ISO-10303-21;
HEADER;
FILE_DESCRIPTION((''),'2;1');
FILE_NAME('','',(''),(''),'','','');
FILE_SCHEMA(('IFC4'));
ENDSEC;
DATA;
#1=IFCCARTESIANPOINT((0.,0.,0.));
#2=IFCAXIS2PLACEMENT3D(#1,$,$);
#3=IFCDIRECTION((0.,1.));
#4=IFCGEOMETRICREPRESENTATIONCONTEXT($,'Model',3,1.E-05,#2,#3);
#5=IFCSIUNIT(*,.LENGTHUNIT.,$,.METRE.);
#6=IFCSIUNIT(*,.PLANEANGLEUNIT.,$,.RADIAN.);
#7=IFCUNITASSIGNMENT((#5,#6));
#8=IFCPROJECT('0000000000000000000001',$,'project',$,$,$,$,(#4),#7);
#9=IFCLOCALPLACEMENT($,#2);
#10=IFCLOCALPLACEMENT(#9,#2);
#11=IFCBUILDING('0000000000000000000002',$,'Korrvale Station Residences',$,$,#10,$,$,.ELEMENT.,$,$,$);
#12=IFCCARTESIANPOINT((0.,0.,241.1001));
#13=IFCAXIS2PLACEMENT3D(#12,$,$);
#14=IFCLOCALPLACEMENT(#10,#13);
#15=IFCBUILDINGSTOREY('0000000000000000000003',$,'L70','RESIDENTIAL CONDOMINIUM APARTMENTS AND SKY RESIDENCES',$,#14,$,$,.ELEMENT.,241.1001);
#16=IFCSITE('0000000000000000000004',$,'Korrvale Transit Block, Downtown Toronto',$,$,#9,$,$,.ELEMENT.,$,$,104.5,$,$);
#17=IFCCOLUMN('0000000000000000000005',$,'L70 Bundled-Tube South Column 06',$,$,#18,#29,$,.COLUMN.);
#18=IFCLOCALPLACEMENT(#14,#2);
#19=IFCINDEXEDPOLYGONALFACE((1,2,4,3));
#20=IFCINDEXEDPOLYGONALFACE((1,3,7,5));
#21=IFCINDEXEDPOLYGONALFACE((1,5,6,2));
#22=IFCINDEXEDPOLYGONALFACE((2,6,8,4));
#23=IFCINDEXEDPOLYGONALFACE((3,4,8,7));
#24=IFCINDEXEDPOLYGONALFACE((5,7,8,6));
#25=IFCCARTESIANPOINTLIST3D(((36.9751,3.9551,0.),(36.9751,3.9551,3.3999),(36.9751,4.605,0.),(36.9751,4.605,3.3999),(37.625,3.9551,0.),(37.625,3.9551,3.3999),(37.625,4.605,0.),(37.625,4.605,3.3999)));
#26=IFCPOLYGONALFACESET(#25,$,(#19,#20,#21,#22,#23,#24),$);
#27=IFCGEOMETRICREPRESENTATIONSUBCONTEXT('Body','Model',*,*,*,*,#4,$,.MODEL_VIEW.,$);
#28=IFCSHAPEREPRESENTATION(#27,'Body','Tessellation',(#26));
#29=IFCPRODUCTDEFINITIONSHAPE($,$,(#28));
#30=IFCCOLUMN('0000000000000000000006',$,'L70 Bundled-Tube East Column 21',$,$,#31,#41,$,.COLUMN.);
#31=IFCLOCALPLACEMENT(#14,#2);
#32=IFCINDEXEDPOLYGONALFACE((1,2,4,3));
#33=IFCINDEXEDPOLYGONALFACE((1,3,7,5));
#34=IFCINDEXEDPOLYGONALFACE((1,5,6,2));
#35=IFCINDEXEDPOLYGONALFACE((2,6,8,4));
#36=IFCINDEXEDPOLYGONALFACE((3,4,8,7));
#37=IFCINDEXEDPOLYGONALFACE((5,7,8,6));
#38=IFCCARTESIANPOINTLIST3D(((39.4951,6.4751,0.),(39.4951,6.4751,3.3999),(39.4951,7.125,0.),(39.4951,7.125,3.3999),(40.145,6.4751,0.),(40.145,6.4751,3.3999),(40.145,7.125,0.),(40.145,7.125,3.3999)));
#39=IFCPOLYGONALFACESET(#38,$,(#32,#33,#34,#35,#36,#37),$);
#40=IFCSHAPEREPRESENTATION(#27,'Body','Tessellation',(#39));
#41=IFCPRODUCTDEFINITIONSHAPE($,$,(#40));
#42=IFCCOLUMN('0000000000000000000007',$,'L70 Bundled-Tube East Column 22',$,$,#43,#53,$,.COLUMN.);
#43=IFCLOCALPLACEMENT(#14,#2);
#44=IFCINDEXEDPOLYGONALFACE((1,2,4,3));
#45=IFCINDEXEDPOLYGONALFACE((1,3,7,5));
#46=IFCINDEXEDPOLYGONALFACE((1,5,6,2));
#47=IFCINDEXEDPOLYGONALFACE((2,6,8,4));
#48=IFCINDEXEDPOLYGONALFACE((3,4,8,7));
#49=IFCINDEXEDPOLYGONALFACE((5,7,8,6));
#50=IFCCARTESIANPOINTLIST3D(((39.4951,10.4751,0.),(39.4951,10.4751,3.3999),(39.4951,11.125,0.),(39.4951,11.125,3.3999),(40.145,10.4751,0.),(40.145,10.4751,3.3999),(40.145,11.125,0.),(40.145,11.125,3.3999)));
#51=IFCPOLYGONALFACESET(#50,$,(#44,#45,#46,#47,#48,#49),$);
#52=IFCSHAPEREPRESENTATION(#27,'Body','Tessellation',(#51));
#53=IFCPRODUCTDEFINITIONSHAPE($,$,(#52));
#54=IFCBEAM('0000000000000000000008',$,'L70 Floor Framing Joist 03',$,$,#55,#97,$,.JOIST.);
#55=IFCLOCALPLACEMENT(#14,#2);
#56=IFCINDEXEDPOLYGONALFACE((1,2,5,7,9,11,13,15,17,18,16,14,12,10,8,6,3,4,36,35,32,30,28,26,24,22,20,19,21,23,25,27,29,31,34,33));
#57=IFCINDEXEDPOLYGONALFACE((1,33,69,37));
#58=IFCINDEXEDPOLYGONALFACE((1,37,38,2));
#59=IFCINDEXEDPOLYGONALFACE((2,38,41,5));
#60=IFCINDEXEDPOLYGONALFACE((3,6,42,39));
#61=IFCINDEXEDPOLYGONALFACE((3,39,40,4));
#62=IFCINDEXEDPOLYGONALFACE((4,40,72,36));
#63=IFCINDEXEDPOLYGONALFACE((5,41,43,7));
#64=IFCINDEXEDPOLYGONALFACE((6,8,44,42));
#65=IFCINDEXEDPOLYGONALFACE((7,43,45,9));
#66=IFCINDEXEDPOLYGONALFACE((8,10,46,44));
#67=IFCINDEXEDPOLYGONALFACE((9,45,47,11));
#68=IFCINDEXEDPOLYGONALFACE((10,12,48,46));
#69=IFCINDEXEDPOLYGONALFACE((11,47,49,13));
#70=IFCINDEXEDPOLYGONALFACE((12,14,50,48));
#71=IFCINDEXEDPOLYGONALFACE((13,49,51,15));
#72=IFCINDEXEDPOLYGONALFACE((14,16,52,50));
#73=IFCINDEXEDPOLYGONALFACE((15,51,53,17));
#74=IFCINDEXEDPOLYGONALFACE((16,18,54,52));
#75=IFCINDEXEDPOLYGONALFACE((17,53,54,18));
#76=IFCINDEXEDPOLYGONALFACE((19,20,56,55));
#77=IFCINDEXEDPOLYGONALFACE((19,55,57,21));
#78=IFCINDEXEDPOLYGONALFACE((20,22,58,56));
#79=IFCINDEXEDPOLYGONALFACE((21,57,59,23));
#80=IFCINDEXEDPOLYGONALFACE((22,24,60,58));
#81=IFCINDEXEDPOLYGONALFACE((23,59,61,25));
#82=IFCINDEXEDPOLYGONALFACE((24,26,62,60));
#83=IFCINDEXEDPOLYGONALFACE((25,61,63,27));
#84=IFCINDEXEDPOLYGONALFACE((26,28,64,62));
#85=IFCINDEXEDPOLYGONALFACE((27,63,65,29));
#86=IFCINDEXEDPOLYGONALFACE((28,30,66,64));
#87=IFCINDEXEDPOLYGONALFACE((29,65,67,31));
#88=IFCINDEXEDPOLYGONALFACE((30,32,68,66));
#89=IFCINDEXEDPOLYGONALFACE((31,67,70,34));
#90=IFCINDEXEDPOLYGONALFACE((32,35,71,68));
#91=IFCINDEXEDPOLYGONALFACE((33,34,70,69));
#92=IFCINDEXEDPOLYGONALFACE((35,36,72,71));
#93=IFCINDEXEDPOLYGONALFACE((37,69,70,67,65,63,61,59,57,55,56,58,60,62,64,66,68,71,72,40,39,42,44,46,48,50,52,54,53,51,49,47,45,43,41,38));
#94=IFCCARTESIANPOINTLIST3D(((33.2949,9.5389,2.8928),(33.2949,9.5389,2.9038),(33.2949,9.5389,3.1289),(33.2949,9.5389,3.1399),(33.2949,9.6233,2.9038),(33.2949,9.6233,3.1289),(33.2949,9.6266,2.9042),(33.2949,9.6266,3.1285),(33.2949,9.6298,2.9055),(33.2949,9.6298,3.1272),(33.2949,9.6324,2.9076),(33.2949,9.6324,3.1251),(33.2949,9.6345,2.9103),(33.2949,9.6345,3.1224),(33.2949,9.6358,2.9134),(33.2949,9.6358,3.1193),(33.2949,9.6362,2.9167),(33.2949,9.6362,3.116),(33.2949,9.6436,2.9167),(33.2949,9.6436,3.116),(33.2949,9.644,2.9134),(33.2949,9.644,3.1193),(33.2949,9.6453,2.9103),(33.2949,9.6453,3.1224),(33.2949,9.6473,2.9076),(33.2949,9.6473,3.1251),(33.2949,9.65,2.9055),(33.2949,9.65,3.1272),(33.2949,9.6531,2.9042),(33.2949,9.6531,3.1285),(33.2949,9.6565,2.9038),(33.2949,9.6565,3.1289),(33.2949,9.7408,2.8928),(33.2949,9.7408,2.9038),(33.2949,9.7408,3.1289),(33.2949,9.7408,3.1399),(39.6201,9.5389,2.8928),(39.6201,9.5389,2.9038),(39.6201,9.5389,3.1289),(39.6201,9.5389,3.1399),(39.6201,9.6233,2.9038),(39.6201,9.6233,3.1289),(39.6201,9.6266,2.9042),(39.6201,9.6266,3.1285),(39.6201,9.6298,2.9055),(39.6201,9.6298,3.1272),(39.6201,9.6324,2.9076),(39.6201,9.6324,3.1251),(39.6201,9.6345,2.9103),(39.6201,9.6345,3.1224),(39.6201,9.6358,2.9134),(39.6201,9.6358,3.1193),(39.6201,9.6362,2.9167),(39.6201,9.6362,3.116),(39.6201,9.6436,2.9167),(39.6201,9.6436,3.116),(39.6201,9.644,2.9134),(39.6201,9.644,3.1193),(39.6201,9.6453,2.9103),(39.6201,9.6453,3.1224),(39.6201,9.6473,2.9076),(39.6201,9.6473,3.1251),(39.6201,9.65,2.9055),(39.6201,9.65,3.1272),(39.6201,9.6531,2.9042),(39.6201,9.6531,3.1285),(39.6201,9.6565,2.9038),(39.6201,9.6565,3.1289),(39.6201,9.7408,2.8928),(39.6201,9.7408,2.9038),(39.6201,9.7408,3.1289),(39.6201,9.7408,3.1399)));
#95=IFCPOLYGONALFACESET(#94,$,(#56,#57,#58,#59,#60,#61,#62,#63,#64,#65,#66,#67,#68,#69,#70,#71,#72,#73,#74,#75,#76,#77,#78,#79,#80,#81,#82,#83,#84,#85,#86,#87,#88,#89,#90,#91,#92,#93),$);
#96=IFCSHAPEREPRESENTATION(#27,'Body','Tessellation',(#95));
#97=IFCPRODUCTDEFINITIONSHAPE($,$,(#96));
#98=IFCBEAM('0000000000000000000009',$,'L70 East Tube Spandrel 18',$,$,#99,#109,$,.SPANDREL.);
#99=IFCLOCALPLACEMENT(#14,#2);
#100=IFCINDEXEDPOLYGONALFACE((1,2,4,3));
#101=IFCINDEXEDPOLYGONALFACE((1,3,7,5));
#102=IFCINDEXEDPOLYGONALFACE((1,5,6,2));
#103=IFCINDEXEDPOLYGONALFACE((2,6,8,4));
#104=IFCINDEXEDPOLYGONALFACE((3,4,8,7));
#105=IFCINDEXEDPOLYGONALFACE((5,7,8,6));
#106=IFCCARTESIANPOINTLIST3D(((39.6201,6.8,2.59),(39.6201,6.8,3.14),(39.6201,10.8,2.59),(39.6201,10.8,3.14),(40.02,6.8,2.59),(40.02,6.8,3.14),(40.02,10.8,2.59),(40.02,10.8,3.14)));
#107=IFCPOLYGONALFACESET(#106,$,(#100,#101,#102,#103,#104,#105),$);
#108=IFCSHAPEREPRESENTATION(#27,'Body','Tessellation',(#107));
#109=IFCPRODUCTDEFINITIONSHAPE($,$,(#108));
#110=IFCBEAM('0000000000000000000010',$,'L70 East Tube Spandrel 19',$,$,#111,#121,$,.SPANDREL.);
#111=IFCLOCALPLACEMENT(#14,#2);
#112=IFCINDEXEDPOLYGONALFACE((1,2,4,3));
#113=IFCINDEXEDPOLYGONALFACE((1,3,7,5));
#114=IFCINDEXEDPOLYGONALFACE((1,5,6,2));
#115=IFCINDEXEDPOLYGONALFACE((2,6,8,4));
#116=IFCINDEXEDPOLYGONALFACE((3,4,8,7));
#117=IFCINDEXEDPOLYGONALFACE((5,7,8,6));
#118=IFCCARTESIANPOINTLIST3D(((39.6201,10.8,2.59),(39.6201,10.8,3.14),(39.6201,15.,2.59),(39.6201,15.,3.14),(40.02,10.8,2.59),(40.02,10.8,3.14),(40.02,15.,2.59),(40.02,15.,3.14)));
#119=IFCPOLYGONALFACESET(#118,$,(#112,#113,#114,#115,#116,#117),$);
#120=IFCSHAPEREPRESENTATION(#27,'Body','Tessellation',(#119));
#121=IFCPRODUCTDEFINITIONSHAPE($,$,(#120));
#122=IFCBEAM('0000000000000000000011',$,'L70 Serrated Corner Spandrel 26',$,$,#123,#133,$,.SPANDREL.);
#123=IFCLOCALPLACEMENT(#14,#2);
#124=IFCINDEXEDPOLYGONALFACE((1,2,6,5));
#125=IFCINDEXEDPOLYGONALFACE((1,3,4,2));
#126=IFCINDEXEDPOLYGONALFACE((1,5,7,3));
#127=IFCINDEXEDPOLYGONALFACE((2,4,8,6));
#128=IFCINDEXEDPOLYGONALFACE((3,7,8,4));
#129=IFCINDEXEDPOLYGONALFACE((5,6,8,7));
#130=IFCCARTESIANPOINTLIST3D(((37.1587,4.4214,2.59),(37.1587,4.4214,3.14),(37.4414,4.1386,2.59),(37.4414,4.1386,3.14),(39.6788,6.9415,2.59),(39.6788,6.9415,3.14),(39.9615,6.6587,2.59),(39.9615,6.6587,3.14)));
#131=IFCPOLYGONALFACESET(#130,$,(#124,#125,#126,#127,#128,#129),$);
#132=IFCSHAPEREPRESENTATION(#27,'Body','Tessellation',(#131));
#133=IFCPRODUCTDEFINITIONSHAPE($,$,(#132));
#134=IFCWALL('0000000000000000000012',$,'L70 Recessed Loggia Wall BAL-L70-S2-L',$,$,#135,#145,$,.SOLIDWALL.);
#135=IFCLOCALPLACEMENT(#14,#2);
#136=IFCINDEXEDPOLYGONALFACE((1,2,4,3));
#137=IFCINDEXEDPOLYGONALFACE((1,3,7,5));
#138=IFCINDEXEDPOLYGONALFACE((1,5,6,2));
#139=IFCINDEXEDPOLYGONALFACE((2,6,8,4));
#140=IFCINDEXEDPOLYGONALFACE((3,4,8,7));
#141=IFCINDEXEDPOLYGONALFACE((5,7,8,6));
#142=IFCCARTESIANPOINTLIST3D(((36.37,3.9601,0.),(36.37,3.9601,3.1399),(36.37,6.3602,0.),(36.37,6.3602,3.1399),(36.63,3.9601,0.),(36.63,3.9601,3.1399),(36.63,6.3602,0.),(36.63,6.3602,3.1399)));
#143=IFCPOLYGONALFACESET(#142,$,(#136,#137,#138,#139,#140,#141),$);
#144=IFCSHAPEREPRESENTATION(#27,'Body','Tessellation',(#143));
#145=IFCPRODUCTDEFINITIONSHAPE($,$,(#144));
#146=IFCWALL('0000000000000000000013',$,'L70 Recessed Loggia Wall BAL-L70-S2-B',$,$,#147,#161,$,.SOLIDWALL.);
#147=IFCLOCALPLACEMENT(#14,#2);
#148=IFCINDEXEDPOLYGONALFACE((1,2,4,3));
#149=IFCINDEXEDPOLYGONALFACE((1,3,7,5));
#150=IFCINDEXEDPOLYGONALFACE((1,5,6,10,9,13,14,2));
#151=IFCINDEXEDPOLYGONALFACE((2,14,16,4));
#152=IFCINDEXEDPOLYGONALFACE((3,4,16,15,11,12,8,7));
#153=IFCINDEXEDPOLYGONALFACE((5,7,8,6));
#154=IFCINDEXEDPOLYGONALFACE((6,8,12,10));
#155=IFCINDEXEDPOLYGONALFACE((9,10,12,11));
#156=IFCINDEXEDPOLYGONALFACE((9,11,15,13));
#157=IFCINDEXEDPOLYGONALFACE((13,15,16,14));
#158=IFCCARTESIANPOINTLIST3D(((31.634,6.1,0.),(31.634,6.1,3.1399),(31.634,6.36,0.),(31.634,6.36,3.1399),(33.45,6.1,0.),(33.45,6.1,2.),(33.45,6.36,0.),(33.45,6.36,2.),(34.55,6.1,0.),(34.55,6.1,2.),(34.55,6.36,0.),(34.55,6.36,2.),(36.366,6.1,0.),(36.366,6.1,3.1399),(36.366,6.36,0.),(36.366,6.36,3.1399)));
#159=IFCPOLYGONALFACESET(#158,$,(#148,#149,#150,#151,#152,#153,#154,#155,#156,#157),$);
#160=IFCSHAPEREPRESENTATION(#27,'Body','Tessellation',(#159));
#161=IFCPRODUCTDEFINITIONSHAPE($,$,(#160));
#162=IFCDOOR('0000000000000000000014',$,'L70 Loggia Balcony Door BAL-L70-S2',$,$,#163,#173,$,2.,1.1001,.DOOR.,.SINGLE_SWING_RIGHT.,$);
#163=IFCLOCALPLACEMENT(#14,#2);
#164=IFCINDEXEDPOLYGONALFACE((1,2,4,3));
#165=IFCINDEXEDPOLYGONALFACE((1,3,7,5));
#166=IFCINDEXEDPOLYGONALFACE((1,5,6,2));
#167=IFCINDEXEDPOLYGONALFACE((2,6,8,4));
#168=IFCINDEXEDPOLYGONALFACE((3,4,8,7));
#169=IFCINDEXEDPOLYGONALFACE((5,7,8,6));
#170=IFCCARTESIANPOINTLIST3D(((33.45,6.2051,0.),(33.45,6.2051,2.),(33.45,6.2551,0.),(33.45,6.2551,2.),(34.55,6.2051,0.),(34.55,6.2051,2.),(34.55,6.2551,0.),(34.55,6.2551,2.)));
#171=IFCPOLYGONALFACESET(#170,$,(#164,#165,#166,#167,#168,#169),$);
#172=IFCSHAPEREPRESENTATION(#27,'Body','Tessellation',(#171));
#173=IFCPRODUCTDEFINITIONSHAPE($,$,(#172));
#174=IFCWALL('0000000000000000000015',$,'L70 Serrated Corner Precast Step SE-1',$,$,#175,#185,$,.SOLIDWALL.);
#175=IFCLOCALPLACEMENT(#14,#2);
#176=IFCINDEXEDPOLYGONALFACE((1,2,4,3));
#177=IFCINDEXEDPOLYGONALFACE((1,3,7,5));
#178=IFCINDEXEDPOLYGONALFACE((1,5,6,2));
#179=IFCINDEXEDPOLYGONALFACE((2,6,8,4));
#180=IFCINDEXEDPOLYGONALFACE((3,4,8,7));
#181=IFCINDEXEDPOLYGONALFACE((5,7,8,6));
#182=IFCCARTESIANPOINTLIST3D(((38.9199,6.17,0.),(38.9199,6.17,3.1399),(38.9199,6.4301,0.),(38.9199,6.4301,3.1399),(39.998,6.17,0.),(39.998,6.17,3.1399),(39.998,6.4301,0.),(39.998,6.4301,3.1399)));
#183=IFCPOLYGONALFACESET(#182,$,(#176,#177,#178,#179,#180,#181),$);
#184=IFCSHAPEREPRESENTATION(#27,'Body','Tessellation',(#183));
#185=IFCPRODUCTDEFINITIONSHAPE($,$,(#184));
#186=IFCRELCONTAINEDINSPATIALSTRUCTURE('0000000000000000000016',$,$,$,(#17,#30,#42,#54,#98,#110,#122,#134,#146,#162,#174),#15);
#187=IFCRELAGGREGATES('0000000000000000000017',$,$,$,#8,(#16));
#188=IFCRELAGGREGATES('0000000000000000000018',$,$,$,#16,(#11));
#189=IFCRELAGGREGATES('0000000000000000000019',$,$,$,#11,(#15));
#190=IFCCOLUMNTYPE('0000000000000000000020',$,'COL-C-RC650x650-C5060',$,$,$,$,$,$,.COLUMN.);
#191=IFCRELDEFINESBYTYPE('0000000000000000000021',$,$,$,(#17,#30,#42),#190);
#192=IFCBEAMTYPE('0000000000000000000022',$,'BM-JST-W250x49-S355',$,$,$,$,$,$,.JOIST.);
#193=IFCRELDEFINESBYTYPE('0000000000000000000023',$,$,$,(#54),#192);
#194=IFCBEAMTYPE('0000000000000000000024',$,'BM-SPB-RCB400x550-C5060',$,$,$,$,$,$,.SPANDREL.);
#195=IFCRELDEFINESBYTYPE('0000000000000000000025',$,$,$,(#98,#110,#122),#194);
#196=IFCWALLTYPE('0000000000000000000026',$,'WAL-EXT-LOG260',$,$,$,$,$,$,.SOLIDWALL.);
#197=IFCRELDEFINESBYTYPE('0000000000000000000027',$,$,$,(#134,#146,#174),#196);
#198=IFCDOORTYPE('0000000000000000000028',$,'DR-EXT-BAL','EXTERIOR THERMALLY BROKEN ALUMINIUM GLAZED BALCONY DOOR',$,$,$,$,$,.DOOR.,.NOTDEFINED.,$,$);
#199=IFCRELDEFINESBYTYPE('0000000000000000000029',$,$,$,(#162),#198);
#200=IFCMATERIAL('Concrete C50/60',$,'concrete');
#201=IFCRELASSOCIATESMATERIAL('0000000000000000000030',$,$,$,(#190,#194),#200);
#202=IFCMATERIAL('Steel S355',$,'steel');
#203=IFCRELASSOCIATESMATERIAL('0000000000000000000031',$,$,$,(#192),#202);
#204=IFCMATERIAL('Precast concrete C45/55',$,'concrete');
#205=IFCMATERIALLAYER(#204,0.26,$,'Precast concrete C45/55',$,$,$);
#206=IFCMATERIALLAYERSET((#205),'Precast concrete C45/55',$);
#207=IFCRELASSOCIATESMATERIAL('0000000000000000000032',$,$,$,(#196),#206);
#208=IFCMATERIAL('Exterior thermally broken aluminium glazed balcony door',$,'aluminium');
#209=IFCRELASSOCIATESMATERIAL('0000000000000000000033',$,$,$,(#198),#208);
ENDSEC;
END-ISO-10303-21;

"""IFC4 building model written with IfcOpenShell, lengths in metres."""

from ifc_helpers import new_model, si_unit, direction, frame, frame_2d, origin, origin_2d, place, context, subcontext, project, spatial, rectangle, i_section, extrude, material, layer, layer_set, material_profile, profile_set, type_object, element, fill, save


model = new_model("IFC4")

# Units and contexts
model_context = context("Model", 3, precision=1e-05, world=origin(), true_north=direction((0.0, 1.0)))
body_context = subcontext(model_context, "Body", "Model", "MODEL_VIEW")
ifc_project = project(units=[si_unit("LENGTHUNIT", "METRE"), si_unit("PLANEANGLEUNIT", "RADIAN")], contexts=[model_context])

# Site, building, storey
site_placement = place(None, origin())
site = spatial("IfcSite", under=ifc_project, at=site_placement, Name="Korrvale Transit Block, Downtown Toronto", CompositionType="ELEMENT", RefElevation=104.5)
building_placement = place(site_placement, origin())
building = spatial("IfcBuilding", under=site, at=building_placement, Name="Korrvale Station Residences", CompositionType="ELEMENT")
storey_placement = place(building_placement, frame((0.0, 0.0, 241.1001)))
storey = spatial("IfcBuildingStorey", under=building, at=storey_placement, Name="L70", Description="RESIDENTIAL CONDOMINIUM APARTMENTS AND SKY RESIDENCES", CompositionType="ELEMENT", Elevation=241.1001)

# Columns
ifc_material_1 = material(Name="Concrete C50/60", Category="concrete")
ifc_material_profile_1 = material_profile(ifc_material_1, rectangle(XDim=0.6499, YDim=0.6499, at=origin_2d()), Name="RC650x650")
ifc_profile_set_1 = profile_set([ifc_material_profile_1], Name="Concrete C50/60")
column_type = type_object("IfcColumnType", Name="COL-C-RC650x650-C5060", PredefinedType="COLUMN", material=ifc_profile_set_1)
for number, where, z_axis, x_axis, name in (
    (1, (37.3, 4.28, 0.0), (0.0, 0.0, 1.0), (1.0, 0.0, 0.0), "L70 Bundled-Tube South Column 06"),
    (2, (39.8201, 6.8, 0.0), (0.0, 0.0, 1.0), (1.0, 0.0, 0.0), "L70 Bundled-Tube East Column 21"),
    (3, (39.8201, 10.8, 0.0), (0.0, 0.0, 1.0), (1.0, 0.0, 0.0), "L70 Bundled-Tube East Column 22"),
):
    element("IfcColumn", number, at=place(storey_placement, frame(where, z_axis=z_axis, x_axis=x_axis)), inside=storey, type_object=column_type, Name=name, PredefinedType="COLUMN", context=body_context, shape_type="SweptSolid", body=[
        extrude(rectangle(XDim=0.6499, YDim=0.6499, at=origin_2d()), origin(), (0.0, 0.0, 1.0), 3.3999),
    ])

# Beams
ifc_material_2 = material(Name="Steel S355", Category="steel")
ifc_material_profile_2 = material_profile(ifc_material_2, i_section(OverallWidth=0.2019, OverallDepth=0.2471, WebThickness=0.0073, FlangeThickness=0.011, FilletRadius=0.0129, at=origin_2d()), Name="W250x49")
ifc_profile_set_2 = profile_set([ifc_material_profile_2], Name="Steel S355")
beam_type_1 = type_object("IfcBeamType", Name="BM-JST-W250x49-S355", PredefinedType="JOIST", material=ifc_profile_set_2)
beam_1_placement = place(storey_placement, frame((33.2949, 9.6399, 3.0164), z_axis=(1.0, 0.0, 0.0), x_axis=(0.0, 1.0, 0.0)))
element("IfcBeam", 4, at=beam_1_placement, inside=storey, type_object=beam_type_1, Name="L70 Floor Framing Joist 03", PredefinedType="JOIST", context=body_context, shape_type="SweptSolid", body=[
    extrude(i_section(OverallWidth=0.2019, OverallDepth=0.2471, WebThickness=0.0073, FlangeThickness=0.011, FilletRadius=0.0129, at=origin_2d()), origin(), (0.0, 0.0, 1.0), 6.3252),
])
ifc_material_profile_3 = material_profile(ifc_material_1, rectangle(XDim=0.3999, YDim=0.55, at=origin_2d()), Name="RCB400x550")
ifc_profile_set_3 = profile_set([ifc_material_profile_3], Name="Concrete C50/60")
beam_type_2 = type_object("IfcBeamType", Name="BM-SPB-RCB400x550-C5060", PredefinedType="SPANDREL", material=ifc_profile_set_3)
beam_2_placement = place(storey_placement, frame((39.8201, 6.8, 2.865), z_axis=(0.0, 1.0, 0.0), x_axis=(-1.0, 0.0, 0.0)))
element("IfcBeam", 5, at=beam_2_placement, inside=storey, type_object=beam_type_2, Name="L70 East Tube Spandrel 18", PredefinedType="SPANDREL", context=body_context, shape_type="SweptSolid", body=[
    extrude(rectangle(XDim=0.3999, YDim=0.55, at=origin_2d()), origin(), (0.0, 0.0, 1.0), 4.0),
])
beam_3_placement = place(storey_placement, frame((39.8201, 10.8, 2.865), z_axis=(0.0, 1.0, 0.0), x_axis=(-1.0, 0.0, 0.0)))
element("IfcBeam", 6, at=beam_3_placement, inside=storey, type_object=beam_type_2, Name="L70 East Tube Spandrel 19", PredefinedType="SPANDREL", context=body_context, shape_type="SweptSolid", body=[
    extrude(rectangle(XDim=0.3999, YDim=0.55, at=origin_2d()), origin(), (0.0, 0.0, 1.0), 4.2),
])
beam_4_placement = place(storey_placement, frame((37.3, 4.28, 2.865), z_axis=(0.707107, 0.707107, 0.0), x_axis=(-0.707107, 0.707107, 0.0)))
element("IfcBeam", 7, at=beam_4_placement, inside=storey, type_object=beam_type_2, Name="L70 Serrated Corner Spandrel 26", PredefinedType="SPANDREL", context=body_context, shape_type="SweptSolid", body=[
    extrude(rectangle(XDim=0.3999, YDim=0.55, at=origin_2d()), origin(), (0.0, 0.0, 1.0), 3.564),
])

# Wall
ifc_material_3 = material(Name="Precast concrete C45/55", Category="concrete")
ifc_layer_1 = layer(ifc_material_3, 0.26, Name="Precast concrete C45/55")
ifc_layer_set_1 = layer_set([ifc_layer_1], Name="Precast concrete C45/55")
wall_type_1 = type_object("IfcWallType", Name="WAL-EXT-LOG260", PredefinedType="SOLIDWALL", material=ifc_layer_set_1)
wall_1_placement = place(storey_placement, frame((36.5, 3.96, 0.0), z_axis=(0.0, 0.0, 1.0), x_axis=(0.0, 1.0, 0.0)))
element("IfcWall", 8, at=wall_1_placement, inside=storey, type_object=wall_type_1, Name="L70 Recessed Loggia Wall BAL-L70-S2-L", PredefinedType="SOLIDWALL", context=body_context, shape_type="SweptSolid", body=[
    extrude(rectangle(XDim=2.4001, YDim=0.26, at=frame_2d((1.2002, 0.0))), origin(), (0.0, 0.0, 1.0), 3.1399),
])

# Wall, opening, door
wall_2_placement = place(storey_placement, frame((36.366, 6.23, 0.0), z_axis=(0.0, 0.0, 1.0), x_axis=(-1.0, 0.0, 0.0)))
wall_2 = element("IfcWall", 9, at=wall_2_placement, inside=storey, type_object=wall_type_1, Name="L70 Recessed Loggia Wall BAL-L70-S2-B", PredefinedType="SOLIDWALL", context=body_context, shape_type="SweptSolid", body=[
    extrude(rectangle(XDim=4.7319, YDim=0.26, at=frame_2d((2.366, 0.0))), origin(), (0.0, 0.0, 1.0), 3.1399),
])
opening_1_placement = place(wall_2_placement, frame((1.8159, 0.0, 0.0)))
opening_1 = element("IfcOpeningElement", 10, at=opening_1_placement, cuts=wall_2, PredefinedType="OPENING", context=body_context, shape_type="SweptSolid", body=[
    extrude(rectangle(XDim=1.1001, YDim=2.0, at=frame_2d((0.55, 1.0))), frame((0.0, 0.1401, 0.0), z_axis=(0.0, -1.0, 0.0), x_axis=(1.0, 0.0, 0.0)), (0.0, 0.0, 1.0), 0.28),
])
ifc_material_4 = material(Name="Exterior thermally broken aluminium glazed balcony door", Category="aluminium")
door_type_1 = type_object("IfcDoorType", Name="DR-EXT-BAL", Description="EXTERIOR THERMALLY BROKEN ALUMINIUM GLAZED BALCONY DOOR", OperationType="NOTDEFINED", PredefinedType="DOOR", material=ifc_material_4)
door_1_placement = place(opening_1_placement, origin())
door_1 = element("IfcDoor", 11, at=door_1_placement, inside=storey, type_object=door_type_1, Name="L70 Loggia Balcony Door BAL-L70-S2", OperationType="SINGLE_SWING_RIGHT", OverallHeight=2.0, OverallWidth=1.1001, PredefinedType="DOOR", context=body_context, shape_type="SweptSolid", body=[
    extrude(rectangle(XDim=1.1001, YDim=2.0, at=frame_2d((0.55, 1.0))), frame((0.0, 0.0249, 0.0), z_axis=(0.0, -1.0, 0.0), x_axis=(1.0, 0.0, 0.0)), (0.0, 0.0, 1.0), 0.05),
])
fill(opening_1, door_1)

# Wall
wall_3_placement = place(storey_placement, frame((39.998, 6.3, 0.0), z_axis=(0.0, 0.0, 1.0), x_axis=(-1.0, 0.0, 0.0)))
element("IfcWall", 12, at=wall_3_placement, inside=storey, type_object=wall_type_1, Name="L70 Serrated Corner Precast Step SE-1", PredefinedType="SOLIDWALL", context=body_context, shape_type="SweptSolid", body=[
    extrude(rectangle(XDim=1.0781, YDim=0.26, at=frame_2d((0.5391, 0.0))), origin(), (0.0, 0.0, 1.0), 3.1399),
])

save(model, "model.ifc")
